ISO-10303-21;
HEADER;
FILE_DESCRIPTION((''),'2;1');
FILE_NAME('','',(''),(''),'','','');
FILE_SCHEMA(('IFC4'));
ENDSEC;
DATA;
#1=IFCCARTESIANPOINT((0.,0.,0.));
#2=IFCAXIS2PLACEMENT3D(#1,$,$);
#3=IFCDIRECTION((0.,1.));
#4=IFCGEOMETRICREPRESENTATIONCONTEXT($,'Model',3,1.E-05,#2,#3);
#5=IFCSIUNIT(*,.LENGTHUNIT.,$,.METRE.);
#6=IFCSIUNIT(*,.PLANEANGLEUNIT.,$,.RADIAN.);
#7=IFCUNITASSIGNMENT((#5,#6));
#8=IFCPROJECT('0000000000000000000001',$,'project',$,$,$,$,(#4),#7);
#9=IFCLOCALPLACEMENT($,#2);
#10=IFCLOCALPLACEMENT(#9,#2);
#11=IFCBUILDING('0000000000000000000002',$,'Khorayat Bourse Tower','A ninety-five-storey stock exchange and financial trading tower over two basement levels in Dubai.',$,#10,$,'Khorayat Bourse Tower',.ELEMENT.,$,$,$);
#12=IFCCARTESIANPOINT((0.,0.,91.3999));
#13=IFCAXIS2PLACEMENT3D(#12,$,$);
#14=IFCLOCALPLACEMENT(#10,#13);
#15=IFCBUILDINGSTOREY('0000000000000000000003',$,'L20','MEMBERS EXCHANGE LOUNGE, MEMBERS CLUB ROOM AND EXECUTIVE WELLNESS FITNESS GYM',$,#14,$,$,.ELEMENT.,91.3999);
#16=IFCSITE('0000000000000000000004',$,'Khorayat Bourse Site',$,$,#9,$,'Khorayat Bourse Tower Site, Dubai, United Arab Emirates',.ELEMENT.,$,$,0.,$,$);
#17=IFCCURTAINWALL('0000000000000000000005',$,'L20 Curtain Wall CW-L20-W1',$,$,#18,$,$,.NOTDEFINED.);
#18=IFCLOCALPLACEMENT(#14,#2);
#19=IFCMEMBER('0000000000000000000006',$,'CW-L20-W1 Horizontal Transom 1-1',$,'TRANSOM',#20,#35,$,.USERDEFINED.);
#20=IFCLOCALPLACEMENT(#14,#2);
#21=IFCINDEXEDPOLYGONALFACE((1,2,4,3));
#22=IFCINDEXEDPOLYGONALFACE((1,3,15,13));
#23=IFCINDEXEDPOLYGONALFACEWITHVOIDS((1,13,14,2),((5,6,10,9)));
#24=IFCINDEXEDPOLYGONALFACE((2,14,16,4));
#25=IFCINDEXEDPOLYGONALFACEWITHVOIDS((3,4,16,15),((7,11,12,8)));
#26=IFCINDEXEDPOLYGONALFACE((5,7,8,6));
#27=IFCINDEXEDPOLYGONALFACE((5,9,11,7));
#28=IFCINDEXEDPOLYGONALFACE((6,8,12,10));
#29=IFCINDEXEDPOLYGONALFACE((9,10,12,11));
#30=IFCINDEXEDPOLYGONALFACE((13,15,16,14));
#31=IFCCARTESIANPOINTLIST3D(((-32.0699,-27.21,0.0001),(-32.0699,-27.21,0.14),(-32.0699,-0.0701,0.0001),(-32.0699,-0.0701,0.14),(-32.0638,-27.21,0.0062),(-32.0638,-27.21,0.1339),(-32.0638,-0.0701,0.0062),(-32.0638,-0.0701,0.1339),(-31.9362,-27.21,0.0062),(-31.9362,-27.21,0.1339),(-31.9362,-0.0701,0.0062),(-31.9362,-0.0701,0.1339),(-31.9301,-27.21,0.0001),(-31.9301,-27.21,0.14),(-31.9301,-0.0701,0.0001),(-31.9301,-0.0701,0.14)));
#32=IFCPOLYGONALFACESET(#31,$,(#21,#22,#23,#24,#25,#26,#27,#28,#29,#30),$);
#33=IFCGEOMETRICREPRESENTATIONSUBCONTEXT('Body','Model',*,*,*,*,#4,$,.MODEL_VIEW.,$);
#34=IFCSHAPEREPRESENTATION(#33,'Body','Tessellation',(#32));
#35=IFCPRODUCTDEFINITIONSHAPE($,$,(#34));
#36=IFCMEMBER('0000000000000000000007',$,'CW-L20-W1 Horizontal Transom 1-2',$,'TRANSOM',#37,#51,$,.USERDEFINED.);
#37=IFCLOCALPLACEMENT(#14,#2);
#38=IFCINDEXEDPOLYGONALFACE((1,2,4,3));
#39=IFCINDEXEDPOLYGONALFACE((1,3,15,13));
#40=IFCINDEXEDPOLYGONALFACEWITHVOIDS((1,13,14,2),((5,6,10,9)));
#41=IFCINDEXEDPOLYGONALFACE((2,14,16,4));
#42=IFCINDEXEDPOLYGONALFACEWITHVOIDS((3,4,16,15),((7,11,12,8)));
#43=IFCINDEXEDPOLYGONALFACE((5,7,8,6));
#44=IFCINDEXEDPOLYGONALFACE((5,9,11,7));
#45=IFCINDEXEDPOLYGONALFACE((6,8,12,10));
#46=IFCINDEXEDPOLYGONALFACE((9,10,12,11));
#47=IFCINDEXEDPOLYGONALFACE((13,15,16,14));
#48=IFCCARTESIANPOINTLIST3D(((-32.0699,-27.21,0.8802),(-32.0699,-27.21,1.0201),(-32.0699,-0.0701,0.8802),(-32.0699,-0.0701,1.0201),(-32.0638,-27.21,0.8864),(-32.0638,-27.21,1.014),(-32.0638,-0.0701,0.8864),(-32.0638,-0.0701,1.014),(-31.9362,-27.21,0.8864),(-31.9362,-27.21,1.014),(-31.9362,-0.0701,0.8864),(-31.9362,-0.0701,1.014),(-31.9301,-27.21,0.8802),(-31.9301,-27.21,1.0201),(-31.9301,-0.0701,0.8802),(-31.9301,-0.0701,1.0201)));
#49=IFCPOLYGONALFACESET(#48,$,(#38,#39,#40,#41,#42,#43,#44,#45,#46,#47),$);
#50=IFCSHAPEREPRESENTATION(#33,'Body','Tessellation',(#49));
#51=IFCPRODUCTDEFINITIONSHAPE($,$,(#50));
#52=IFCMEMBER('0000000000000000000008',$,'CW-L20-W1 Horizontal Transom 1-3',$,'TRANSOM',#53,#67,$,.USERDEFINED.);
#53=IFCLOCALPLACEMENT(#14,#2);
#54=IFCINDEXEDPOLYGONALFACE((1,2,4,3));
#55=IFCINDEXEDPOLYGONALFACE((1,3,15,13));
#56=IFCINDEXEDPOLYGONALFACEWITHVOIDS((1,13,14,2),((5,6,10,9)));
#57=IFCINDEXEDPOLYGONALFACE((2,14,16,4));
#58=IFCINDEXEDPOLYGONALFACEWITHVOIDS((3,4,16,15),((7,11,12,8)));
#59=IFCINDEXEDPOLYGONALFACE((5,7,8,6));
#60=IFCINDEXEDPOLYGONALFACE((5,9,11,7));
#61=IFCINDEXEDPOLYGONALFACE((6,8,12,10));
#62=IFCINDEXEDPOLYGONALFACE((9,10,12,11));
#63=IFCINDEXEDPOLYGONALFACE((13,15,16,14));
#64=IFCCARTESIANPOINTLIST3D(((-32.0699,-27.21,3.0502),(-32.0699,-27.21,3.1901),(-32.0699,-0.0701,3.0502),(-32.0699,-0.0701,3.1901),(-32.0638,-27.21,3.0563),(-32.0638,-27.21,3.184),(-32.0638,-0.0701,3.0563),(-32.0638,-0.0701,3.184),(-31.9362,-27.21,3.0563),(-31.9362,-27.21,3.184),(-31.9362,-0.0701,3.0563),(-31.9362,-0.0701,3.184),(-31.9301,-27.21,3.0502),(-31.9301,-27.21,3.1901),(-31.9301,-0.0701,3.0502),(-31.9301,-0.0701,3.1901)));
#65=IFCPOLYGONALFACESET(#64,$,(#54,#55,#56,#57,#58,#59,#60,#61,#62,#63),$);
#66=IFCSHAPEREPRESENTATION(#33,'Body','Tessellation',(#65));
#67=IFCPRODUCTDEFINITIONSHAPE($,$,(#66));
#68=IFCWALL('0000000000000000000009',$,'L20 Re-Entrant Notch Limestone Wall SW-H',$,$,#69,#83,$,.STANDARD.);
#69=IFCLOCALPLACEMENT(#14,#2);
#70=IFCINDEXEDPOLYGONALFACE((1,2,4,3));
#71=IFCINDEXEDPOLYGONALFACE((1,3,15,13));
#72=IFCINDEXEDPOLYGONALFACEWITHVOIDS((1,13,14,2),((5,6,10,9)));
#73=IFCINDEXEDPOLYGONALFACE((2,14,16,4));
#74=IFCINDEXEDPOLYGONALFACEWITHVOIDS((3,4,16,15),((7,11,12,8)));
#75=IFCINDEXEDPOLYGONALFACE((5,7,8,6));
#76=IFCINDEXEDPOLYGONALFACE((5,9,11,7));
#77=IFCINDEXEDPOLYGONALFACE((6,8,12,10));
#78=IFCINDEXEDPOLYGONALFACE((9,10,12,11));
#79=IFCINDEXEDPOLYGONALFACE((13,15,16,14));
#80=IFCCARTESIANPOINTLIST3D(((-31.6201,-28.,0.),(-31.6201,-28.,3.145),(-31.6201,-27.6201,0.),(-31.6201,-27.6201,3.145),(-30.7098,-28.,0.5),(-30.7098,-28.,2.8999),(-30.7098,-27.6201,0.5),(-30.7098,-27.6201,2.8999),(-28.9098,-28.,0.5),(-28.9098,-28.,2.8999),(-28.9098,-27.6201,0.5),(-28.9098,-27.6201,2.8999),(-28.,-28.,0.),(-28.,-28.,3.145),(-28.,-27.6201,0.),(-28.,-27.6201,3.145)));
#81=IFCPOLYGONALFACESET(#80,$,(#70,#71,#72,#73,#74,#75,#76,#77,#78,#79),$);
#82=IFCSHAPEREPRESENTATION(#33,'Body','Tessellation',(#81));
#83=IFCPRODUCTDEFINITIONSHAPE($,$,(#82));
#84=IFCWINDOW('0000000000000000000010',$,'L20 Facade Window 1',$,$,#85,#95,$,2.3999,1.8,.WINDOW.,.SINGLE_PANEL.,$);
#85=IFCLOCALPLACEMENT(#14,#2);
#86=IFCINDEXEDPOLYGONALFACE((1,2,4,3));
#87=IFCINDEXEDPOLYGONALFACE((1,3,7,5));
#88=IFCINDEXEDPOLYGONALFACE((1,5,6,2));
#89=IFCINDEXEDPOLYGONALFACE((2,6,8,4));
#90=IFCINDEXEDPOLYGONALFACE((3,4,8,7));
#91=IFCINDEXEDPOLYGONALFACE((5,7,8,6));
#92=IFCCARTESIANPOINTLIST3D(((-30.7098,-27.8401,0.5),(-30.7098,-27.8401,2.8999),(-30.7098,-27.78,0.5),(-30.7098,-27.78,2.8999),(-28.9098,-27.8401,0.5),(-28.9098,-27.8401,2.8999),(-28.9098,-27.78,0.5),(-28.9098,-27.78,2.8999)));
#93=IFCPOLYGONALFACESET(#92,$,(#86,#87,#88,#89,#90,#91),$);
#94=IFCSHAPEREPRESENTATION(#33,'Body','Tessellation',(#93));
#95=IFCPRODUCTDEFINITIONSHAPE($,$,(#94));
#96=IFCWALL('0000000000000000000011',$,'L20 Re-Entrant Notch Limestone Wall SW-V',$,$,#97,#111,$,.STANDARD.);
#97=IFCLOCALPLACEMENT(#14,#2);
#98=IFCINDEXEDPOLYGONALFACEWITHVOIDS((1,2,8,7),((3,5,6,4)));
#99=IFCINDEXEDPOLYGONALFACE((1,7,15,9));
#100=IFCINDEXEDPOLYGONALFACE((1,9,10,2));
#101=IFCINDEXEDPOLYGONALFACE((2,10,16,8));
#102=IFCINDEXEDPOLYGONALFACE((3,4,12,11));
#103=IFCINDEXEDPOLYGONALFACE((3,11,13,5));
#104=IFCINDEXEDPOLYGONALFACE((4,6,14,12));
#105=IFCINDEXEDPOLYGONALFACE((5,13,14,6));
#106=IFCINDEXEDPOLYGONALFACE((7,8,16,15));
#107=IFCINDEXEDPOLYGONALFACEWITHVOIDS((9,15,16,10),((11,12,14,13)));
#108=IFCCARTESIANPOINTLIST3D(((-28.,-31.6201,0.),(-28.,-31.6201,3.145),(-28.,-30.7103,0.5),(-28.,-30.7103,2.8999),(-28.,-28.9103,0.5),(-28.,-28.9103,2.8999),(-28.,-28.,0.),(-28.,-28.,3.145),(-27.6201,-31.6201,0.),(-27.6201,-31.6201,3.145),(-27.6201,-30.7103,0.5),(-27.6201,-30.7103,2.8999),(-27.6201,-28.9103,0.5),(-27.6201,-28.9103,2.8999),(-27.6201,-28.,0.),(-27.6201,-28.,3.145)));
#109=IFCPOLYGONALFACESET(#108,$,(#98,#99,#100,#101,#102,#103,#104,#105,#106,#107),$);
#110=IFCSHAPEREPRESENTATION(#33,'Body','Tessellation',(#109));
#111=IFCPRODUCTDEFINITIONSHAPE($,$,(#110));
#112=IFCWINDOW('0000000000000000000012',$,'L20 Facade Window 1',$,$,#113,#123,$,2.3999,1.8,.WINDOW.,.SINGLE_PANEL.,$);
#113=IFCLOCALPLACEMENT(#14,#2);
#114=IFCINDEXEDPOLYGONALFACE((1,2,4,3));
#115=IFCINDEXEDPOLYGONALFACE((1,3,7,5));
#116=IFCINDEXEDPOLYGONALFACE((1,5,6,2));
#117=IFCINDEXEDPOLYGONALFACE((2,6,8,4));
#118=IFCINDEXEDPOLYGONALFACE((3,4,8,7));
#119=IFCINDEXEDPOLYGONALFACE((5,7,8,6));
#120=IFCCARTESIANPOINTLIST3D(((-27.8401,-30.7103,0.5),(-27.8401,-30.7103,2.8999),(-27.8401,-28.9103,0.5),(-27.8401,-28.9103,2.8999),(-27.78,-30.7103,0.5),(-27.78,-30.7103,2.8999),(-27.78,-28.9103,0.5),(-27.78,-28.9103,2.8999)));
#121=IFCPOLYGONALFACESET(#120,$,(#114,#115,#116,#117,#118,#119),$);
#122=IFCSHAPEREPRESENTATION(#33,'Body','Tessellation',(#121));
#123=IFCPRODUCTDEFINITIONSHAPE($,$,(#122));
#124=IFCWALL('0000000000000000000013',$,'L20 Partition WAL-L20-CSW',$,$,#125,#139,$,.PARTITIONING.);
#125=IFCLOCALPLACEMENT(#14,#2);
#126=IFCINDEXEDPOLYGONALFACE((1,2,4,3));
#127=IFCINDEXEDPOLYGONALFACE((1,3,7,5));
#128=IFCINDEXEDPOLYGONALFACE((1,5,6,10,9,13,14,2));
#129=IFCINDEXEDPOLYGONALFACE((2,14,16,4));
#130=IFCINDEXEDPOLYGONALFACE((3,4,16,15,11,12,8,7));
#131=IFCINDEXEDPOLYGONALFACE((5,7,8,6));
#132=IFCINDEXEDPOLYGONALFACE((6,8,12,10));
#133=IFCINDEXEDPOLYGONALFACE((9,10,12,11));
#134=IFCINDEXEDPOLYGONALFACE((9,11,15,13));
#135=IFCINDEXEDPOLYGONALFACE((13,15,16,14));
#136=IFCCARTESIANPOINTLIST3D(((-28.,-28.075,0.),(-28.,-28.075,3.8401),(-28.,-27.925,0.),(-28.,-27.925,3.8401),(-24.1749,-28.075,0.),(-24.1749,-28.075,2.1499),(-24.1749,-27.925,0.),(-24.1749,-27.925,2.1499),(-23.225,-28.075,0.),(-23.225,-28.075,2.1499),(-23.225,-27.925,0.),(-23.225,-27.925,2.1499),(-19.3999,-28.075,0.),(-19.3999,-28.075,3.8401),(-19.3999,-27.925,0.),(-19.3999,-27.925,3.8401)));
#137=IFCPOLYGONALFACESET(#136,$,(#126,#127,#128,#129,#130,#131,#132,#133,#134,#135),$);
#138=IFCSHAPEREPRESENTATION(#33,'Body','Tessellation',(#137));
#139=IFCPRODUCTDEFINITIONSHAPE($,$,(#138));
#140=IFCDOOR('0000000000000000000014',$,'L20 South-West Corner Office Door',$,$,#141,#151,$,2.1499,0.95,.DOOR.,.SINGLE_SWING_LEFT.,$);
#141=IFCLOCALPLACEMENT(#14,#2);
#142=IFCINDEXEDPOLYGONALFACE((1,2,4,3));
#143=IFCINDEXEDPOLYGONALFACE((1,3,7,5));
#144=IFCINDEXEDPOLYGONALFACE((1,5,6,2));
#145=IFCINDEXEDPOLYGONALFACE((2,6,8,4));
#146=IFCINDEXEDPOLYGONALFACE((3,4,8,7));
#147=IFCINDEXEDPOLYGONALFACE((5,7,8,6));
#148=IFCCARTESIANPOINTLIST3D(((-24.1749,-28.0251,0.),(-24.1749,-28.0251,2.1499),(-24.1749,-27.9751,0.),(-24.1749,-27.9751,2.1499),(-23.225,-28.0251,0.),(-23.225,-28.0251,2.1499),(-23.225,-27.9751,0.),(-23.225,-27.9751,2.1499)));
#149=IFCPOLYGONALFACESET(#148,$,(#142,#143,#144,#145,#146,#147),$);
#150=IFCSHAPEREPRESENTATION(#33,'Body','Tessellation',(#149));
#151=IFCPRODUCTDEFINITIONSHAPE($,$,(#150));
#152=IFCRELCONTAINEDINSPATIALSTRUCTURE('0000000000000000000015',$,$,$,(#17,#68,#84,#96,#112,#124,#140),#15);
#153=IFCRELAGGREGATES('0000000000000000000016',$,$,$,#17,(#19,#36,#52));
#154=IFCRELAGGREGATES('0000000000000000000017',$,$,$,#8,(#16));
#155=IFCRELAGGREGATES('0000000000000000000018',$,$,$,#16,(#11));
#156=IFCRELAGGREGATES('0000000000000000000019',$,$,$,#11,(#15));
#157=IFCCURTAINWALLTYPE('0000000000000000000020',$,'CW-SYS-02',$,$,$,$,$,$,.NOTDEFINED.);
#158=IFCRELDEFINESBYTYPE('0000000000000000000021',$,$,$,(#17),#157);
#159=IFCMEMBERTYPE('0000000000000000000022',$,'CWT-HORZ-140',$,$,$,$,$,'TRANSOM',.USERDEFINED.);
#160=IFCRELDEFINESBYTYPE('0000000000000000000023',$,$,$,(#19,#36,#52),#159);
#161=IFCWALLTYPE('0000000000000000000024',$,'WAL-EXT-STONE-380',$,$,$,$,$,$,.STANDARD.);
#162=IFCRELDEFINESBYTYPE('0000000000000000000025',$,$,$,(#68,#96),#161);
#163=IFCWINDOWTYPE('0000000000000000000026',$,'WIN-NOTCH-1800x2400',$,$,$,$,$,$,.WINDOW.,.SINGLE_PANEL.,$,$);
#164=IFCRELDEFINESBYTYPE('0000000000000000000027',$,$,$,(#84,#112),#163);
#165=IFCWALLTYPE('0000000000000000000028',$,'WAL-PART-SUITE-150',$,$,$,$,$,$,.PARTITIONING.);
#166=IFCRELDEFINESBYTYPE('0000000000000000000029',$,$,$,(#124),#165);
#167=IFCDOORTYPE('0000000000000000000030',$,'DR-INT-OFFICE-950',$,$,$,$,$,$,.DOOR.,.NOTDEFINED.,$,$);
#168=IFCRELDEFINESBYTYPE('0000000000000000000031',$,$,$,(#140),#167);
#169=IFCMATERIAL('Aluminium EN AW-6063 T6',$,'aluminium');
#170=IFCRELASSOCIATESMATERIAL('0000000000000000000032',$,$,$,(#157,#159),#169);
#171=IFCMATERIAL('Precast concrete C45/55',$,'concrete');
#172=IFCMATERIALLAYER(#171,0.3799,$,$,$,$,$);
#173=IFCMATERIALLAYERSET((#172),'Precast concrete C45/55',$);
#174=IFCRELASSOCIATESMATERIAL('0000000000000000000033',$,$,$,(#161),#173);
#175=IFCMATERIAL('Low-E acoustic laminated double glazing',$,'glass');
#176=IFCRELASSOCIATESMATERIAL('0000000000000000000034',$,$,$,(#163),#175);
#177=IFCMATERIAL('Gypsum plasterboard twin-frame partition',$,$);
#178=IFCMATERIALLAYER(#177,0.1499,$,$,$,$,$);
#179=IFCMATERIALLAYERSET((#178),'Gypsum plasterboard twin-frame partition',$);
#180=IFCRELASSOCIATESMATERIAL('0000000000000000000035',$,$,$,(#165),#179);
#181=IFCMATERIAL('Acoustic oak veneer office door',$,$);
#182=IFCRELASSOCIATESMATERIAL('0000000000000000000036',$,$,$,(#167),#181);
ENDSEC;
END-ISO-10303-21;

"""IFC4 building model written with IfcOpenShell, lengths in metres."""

from ifc_helpers import new_model, si_unit, direction, frame, frame_2d, origin, origin_2d, place, context, subcontext, project, spatial, rectangle, hollow_rectangle, extrude, source, transform, mapped, material, layer, layer_set, material_profile, profile_set, type_object, element, fill, aggregate, save


model = new_model("IFC4")

# Units and contexts
model_context = context("Model", 3, precision=1e-05, world=origin(), true_north=direction((0.0, 1.0)))
body_context = subcontext(model_context, "Body", "Model", "MODEL_VIEW")
ifc_project = project(units=[si_unit("LENGTHUNIT", "METRE"), si_unit("PLANEANGLEUNIT", "RADIAN")], contexts=[model_context])

# Site, building, storey
site_placement = place(None, origin())
site = spatial("IfcSite", under=ifc_project, at=site_placement, Name="Khorayat Bourse Site", LongName="Khorayat Bourse Tower Site, Dubai, United Arab Emirates", CompositionType="ELEMENT", RefElevation=0.0)
building_placement = place(site_placement, origin())
building = spatial("IfcBuilding", under=site, at=building_placement, Name="Khorayat Bourse Tower", Description="A ninety-five-storey stock exchange and financial trading tower over two basement levels in Dubai.", LongName="Khorayat Bourse Tower", CompositionType="ELEMENT")
storey_placement = place(building_placement, frame((0.0, 0.0, 91.3999)))
storey = spatial("IfcBuildingStorey", under=building, at=storey_placement, Name="L20", Description="MEMBERS EXCHANGE LOUNGE, MEMBERS CLUB ROOM AND EXECUTIVE WELLNESS FITNESS GYM", CompositionType="ELEMENT", Elevation=91.3999)

# Curtain wall
ifc_material_1 = material(Name="Aluminium EN AW-6063 T6", Category="aluminium")
curtain_wall_type = type_object("IfcCurtainWallType", Name="CW-SYS-02", PredefinedType="NOTDEFINED", material=ifc_material_1)
curtain_wall_1_placement = place(storey_placement, origin())
curtain_wall_1 = element("IfcCurtainWall", 1, at=curtain_wall_1_placement, inside=storey, type_object=curtain_wall_type, Name="L20 Curtain Wall CW-L20-W1", PredefinedType="NOTDEFINED")

# Members
ifc_material_profile_1 = material_profile(ifc_material_1, hollow_rectangle(XDim=0.1399, YDim=0.1399, WallThickness=0.0061, at=origin_2d()), Name="ALU 140x140x6")
ifc_profile_set_1 = profile_set([ifc_material_profile_1], Name="Aluminium EN AW-6063 T6")
member_type_1 = type_object("IfcMemberType", Name="CWT-HORZ-140", ElementType="TRANSOM", PredefinedType="USERDEFINED", material=ifc_profile_set_1)
shared_shape_1 = source(origin(), body_context, "Body", "SweptSolid", [
    extrude(hollow_rectangle(XDim=0.1399, YDim=0.1399, WallThickness=0.0061, at=origin_2d()), origin(), (0.0, 0.0, 1.0), 27.1399),
])
member_1_placement = place(storey_placement, frame((-32.0, -27.21, 0.0701), z_axis=(0.0, 1.0, 0.0), x_axis=(-1.0, 0.0, 0.0)))
member_1 = element("IfcMember", 2, at=member_1_placement, type_object=member_type_1, Name="CW-L20-W1 Horizontal Transom 1-1", ObjectType="TRANSOM", PredefinedType="USERDEFINED", context=body_context, shape_type="MappedRepresentation", body=[
    mapped(shared_shape_1, transform((0.0, 0.0, 0.0), scale=1.0)),
])
member_2_placement = place(storey_placement, frame((-32.0, -27.21, 0.9502), z_axis=(0.0, 1.0, 0.0), x_axis=(-1.0, 0.0, 0.0)))
member_2 = element("IfcMember", 3, at=member_2_placement, type_object=member_type_1, Name="CW-L20-W1 Horizontal Transom 1-2", ObjectType="TRANSOM", PredefinedType="USERDEFINED", context=body_context, shape_type="MappedRepresentation", body=[
    mapped(shared_shape_1, transform((0.0, 0.0, 0.0), scale=1.0)),
])
member_3_placement = place(storey_placement, frame((-32.0, -27.21, 3.1201), z_axis=(0.0, 1.0, 0.0), x_axis=(-1.0, 0.0, 0.0)))
member_3 = element("IfcMember", 4, at=member_3_placement, type_object=member_type_1, Name="CW-L20-W1 Horizontal Transom 1-3", ObjectType="TRANSOM", PredefinedType="USERDEFINED", context=body_context, shape_type="MappedRepresentation", body=[
    mapped(shared_shape_1, transform((0.0, 0.0, 0.0), scale=1.0)),
])
aggregate(curtain_wall_1, [member_1, member_2, member_3])

# Walls, openings, windows
ifc_material_2 = material(Name="Precast concrete C45/55", Category="concrete")
ifc_layer_1 = layer(ifc_material_2, 0.3799)
ifc_layer_set_1 = layer_set([ifc_layer_1], Name="Precast concrete C45/55")
wall_type_1 = type_object("IfcWallType", Name="WAL-EXT-STONE-380", PredefinedType="STANDARD", material=ifc_layer_set_1)
shared_shape_2 = source(origin(), body_context, "Body", "SweptSolid", [
    extrude(rectangle(XDim=3.6201, YDim=0.3799, at=frame_2d((1.8101, 0.0))), origin(), (0.0, 0.0, 1.0), 3.145),
])
wall_1_placement = place(storey_placement, frame((-28.0, -27.8101, 0.0), z_axis=(0.0, 0.0, 1.0), x_axis=(-1.0, 0.0, 0.0)))
wall_1 = element("IfcWall", 5, at=wall_1_placement, inside=storey, type_object=wall_type_1, Name="L20 Re-Entrant Notch Limestone Wall SW-H", PredefinedType="STANDARD", context=body_context, shape_type="MappedRepresentation", body=[
    mapped(shared_shape_2, transform((0.0, 0.0, 0.0), scale=1.0)),
])
shared_shape_3 = source(origin(), body_context, "Body", "SweptSolid", [
    extrude(rectangle(XDim=1.8, YDim=2.3999, at=frame_2d((0.8999, 1.2))), frame((0.0, 0.2, 0.0), z_axis=(0.0, -1.0, 0.0), x_axis=(1.0, 0.0, 0.0)), (0.0, 0.0, 1.0), 0.3999),
])
opening_1_placement = place(wall_1_placement, frame((0.9099, 0.0, 0.5)))
opening_1 = element("IfcOpeningElement", 6, at=opening_1_placement, cuts=wall_1, PredefinedType="OPENING", context=body_context, shape_type="MappedRepresentation", body=[
    mapped(shared_shape_3, transform((0.0, 0.0, 0.0), scale=1.0)),
])
ifc_material_3 = material(Name="Low-E acoustic laminated double glazing", Category="glass")
window_type = type_object("IfcWindowType", Name="WIN-NOTCH-1800x2400", PartitioningType="SINGLE_PANEL", PredefinedType="WINDOW", material=ifc_material_3)
shared_shape_4 = source(origin(), body_context, "Body", "SweptSolid", [
    extrude(rectangle(XDim=1.8, YDim=2.3999, at=frame_2d((0.8999, 1.2))), frame((0.0, 0.03, 0.0), z_axis=(0.0, -1.0, 0.0), x_axis=(1.0, 0.0, 0.0)), (0.0, 0.0, 1.0), 0.0601),
])
window_1_placement = place(opening_1_placement, origin())
window_1 = element("IfcWindow", 7, at=window_1_placement, inside=storey, type_object=window_type, Name="L20 Facade Window 1", OverallHeight=2.3999, OverallWidth=1.8, PartitioningType="SINGLE_PANEL", PredefinedType="WINDOW", context=body_context, shape_type="MappedRepresentation", body=[
    mapped(shared_shape_4, transform((0.0, 0.0, 0.0), scale=1.0)),
])
fill(opening_1, window_1)
wall_2_placement = place(storey_placement, frame((-27.8101, -31.6201, 0.0), z_axis=(0.0, 0.0, 1.0), x_axis=(0.0, 1.0, 0.0)))
wall_2 = element("IfcWall", 8, at=wall_2_placement, inside=storey, type_object=wall_type_1, Name="L20 Re-Entrant Notch Limestone Wall SW-V", PredefinedType="STANDARD", context=body_context, shape_type="MappedRepresentation", body=[
    mapped(shared_shape_2, transform((0.0, 0.0, 0.0), scale=1.0)),
])
opening_2_placement = place(wall_2_placement, frame((0.9099, 0.0, 0.5)))
opening_2 = element("IfcOpeningElement", 9, at=opening_2_placement, cuts=wall_2, PredefinedType="OPENING", context=body_context, shape_type="MappedRepresentation", body=[
    mapped(shared_shape_3, transform((0.0, 0.0, 0.0), scale=1.0)),
])
window_2_placement = place(opening_2_placement, origin())
window_2 = element("IfcWindow", 10, at=window_2_placement, inside=storey, type_object=window_type, Name="L20 Facade Window 1", OverallHeight=2.3999, OverallWidth=1.8, PartitioningType="SINGLE_PANEL", PredefinedType="WINDOW", context=body_context, shape_type="MappedRepresentation", body=[
    mapped(shared_shape_4, transform((0.0, 0.0, 0.0), scale=1.0)),
])
fill(opening_2, window_2)

# Wall, opening, door
ifc_material_4 = material(Name="Gypsum plasterboard twin-frame partition")
ifc_layer_2 = layer(ifc_material_4, 0.1499)
ifc_layer_set_2 = layer_set([ifc_layer_2], Name="Gypsum plasterboard twin-frame partition")
wall_type_2 = type_object("IfcWallType", Name="WAL-PART-SUITE-150", PredefinedType="PARTITIONING", material=ifc_layer_set_2)
shared_shape_5 = source(origin(), body_context, "Body", "SweptSolid", [
    extrude(rectangle(XDim=8.6001, YDim=0.1499, at=frame_2d((4.3, 0.0))), origin(), (0.0, 0.0, 1.0), 3.8401),
])
wall_3_placement = place(storey_placement, frame((-28.0, -28.0, 0.0), z_axis=(0.0, 0.0, 1.0), x_axis=(1.0, 0.0, 0.0)))
wall_3 = element("IfcWall", 11, at=wall_3_placement, inside=storey, type_object=wall_type_2, Name="L20 Partition WAL-L20-CSW", PredefinedType="PARTITIONING", context=body_context, shape_type="MappedRepresentation", body=[
    mapped(shared_shape_5, transform((0.0, 0.0, 0.0), scale=1.0)),
])
shared_shape_6 = source(origin(), body_context, "Body", "SweptSolid", [
    extrude(rectangle(XDim=0.95, YDim=2.1499, at=frame_2d((0.4751, 1.075))), frame((0.0, 0.085, 0.0), z_axis=(0.0, -1.0, 0.0), x_axis=(1.0, 0.0, 0.0)), (0.0, 0.0, 1.0), 0.1699),
])
opening_3_placement = place(wall_3_placement, frame((3.825, 0.0, 0.0)))
opening_3 = element("IfcOpeningElement", 12, at=opening_3_placement, cuts=wall_3, PredefinedType="OPENING", context=body_context, shape_type="MappedRepresentation", body=[
    mapped(shared_shape_6, transform((0.0, 0.0, 0.0), scale=1.0)),
])
ifc_material_5 = material(Name="Acoustic oak veneer office door")
door_type = type_object("IfcDoorType", Name="DR-INT-OFFICE-950", OperationType="NOTDEFINED", PredefinedType="DOOR", material=ifc_material_5)
shared_shape_7 = source(origin(), body_context, "Body", "SweptSolid", [
    extrude(rectangle(XDim=0.95, YDim=2.1499, at=frame_2d((0.4751, 1.075))), frame((0.0, 0.0249, 0.0), z_axis=(0.0, -1.0, 0.0), x_axis=(1.0, 0.0, 0.0)), (0.0, 0.0, 1.0), 0.05),
])
door_placement = place(opening_3_placement, origin())
door = element("IfcDoor", 13, at=door_placement, inside=storey, type_object=door_type, Name="L20 South-West Corner Office Door", OperationType="SINGLE_SWING_LEFT", OverallHeight=2.1499, OverallWidth=0.95, PredefinedType="DOOR", context=body_context, shape_type="MappedRepresentation", body=[
    mapped(shared_shape_7, transform((0.0, 0.0, 0.0), scale=1.0)),
])
fill(opening_3, door)

save(model, "model.ifc")
